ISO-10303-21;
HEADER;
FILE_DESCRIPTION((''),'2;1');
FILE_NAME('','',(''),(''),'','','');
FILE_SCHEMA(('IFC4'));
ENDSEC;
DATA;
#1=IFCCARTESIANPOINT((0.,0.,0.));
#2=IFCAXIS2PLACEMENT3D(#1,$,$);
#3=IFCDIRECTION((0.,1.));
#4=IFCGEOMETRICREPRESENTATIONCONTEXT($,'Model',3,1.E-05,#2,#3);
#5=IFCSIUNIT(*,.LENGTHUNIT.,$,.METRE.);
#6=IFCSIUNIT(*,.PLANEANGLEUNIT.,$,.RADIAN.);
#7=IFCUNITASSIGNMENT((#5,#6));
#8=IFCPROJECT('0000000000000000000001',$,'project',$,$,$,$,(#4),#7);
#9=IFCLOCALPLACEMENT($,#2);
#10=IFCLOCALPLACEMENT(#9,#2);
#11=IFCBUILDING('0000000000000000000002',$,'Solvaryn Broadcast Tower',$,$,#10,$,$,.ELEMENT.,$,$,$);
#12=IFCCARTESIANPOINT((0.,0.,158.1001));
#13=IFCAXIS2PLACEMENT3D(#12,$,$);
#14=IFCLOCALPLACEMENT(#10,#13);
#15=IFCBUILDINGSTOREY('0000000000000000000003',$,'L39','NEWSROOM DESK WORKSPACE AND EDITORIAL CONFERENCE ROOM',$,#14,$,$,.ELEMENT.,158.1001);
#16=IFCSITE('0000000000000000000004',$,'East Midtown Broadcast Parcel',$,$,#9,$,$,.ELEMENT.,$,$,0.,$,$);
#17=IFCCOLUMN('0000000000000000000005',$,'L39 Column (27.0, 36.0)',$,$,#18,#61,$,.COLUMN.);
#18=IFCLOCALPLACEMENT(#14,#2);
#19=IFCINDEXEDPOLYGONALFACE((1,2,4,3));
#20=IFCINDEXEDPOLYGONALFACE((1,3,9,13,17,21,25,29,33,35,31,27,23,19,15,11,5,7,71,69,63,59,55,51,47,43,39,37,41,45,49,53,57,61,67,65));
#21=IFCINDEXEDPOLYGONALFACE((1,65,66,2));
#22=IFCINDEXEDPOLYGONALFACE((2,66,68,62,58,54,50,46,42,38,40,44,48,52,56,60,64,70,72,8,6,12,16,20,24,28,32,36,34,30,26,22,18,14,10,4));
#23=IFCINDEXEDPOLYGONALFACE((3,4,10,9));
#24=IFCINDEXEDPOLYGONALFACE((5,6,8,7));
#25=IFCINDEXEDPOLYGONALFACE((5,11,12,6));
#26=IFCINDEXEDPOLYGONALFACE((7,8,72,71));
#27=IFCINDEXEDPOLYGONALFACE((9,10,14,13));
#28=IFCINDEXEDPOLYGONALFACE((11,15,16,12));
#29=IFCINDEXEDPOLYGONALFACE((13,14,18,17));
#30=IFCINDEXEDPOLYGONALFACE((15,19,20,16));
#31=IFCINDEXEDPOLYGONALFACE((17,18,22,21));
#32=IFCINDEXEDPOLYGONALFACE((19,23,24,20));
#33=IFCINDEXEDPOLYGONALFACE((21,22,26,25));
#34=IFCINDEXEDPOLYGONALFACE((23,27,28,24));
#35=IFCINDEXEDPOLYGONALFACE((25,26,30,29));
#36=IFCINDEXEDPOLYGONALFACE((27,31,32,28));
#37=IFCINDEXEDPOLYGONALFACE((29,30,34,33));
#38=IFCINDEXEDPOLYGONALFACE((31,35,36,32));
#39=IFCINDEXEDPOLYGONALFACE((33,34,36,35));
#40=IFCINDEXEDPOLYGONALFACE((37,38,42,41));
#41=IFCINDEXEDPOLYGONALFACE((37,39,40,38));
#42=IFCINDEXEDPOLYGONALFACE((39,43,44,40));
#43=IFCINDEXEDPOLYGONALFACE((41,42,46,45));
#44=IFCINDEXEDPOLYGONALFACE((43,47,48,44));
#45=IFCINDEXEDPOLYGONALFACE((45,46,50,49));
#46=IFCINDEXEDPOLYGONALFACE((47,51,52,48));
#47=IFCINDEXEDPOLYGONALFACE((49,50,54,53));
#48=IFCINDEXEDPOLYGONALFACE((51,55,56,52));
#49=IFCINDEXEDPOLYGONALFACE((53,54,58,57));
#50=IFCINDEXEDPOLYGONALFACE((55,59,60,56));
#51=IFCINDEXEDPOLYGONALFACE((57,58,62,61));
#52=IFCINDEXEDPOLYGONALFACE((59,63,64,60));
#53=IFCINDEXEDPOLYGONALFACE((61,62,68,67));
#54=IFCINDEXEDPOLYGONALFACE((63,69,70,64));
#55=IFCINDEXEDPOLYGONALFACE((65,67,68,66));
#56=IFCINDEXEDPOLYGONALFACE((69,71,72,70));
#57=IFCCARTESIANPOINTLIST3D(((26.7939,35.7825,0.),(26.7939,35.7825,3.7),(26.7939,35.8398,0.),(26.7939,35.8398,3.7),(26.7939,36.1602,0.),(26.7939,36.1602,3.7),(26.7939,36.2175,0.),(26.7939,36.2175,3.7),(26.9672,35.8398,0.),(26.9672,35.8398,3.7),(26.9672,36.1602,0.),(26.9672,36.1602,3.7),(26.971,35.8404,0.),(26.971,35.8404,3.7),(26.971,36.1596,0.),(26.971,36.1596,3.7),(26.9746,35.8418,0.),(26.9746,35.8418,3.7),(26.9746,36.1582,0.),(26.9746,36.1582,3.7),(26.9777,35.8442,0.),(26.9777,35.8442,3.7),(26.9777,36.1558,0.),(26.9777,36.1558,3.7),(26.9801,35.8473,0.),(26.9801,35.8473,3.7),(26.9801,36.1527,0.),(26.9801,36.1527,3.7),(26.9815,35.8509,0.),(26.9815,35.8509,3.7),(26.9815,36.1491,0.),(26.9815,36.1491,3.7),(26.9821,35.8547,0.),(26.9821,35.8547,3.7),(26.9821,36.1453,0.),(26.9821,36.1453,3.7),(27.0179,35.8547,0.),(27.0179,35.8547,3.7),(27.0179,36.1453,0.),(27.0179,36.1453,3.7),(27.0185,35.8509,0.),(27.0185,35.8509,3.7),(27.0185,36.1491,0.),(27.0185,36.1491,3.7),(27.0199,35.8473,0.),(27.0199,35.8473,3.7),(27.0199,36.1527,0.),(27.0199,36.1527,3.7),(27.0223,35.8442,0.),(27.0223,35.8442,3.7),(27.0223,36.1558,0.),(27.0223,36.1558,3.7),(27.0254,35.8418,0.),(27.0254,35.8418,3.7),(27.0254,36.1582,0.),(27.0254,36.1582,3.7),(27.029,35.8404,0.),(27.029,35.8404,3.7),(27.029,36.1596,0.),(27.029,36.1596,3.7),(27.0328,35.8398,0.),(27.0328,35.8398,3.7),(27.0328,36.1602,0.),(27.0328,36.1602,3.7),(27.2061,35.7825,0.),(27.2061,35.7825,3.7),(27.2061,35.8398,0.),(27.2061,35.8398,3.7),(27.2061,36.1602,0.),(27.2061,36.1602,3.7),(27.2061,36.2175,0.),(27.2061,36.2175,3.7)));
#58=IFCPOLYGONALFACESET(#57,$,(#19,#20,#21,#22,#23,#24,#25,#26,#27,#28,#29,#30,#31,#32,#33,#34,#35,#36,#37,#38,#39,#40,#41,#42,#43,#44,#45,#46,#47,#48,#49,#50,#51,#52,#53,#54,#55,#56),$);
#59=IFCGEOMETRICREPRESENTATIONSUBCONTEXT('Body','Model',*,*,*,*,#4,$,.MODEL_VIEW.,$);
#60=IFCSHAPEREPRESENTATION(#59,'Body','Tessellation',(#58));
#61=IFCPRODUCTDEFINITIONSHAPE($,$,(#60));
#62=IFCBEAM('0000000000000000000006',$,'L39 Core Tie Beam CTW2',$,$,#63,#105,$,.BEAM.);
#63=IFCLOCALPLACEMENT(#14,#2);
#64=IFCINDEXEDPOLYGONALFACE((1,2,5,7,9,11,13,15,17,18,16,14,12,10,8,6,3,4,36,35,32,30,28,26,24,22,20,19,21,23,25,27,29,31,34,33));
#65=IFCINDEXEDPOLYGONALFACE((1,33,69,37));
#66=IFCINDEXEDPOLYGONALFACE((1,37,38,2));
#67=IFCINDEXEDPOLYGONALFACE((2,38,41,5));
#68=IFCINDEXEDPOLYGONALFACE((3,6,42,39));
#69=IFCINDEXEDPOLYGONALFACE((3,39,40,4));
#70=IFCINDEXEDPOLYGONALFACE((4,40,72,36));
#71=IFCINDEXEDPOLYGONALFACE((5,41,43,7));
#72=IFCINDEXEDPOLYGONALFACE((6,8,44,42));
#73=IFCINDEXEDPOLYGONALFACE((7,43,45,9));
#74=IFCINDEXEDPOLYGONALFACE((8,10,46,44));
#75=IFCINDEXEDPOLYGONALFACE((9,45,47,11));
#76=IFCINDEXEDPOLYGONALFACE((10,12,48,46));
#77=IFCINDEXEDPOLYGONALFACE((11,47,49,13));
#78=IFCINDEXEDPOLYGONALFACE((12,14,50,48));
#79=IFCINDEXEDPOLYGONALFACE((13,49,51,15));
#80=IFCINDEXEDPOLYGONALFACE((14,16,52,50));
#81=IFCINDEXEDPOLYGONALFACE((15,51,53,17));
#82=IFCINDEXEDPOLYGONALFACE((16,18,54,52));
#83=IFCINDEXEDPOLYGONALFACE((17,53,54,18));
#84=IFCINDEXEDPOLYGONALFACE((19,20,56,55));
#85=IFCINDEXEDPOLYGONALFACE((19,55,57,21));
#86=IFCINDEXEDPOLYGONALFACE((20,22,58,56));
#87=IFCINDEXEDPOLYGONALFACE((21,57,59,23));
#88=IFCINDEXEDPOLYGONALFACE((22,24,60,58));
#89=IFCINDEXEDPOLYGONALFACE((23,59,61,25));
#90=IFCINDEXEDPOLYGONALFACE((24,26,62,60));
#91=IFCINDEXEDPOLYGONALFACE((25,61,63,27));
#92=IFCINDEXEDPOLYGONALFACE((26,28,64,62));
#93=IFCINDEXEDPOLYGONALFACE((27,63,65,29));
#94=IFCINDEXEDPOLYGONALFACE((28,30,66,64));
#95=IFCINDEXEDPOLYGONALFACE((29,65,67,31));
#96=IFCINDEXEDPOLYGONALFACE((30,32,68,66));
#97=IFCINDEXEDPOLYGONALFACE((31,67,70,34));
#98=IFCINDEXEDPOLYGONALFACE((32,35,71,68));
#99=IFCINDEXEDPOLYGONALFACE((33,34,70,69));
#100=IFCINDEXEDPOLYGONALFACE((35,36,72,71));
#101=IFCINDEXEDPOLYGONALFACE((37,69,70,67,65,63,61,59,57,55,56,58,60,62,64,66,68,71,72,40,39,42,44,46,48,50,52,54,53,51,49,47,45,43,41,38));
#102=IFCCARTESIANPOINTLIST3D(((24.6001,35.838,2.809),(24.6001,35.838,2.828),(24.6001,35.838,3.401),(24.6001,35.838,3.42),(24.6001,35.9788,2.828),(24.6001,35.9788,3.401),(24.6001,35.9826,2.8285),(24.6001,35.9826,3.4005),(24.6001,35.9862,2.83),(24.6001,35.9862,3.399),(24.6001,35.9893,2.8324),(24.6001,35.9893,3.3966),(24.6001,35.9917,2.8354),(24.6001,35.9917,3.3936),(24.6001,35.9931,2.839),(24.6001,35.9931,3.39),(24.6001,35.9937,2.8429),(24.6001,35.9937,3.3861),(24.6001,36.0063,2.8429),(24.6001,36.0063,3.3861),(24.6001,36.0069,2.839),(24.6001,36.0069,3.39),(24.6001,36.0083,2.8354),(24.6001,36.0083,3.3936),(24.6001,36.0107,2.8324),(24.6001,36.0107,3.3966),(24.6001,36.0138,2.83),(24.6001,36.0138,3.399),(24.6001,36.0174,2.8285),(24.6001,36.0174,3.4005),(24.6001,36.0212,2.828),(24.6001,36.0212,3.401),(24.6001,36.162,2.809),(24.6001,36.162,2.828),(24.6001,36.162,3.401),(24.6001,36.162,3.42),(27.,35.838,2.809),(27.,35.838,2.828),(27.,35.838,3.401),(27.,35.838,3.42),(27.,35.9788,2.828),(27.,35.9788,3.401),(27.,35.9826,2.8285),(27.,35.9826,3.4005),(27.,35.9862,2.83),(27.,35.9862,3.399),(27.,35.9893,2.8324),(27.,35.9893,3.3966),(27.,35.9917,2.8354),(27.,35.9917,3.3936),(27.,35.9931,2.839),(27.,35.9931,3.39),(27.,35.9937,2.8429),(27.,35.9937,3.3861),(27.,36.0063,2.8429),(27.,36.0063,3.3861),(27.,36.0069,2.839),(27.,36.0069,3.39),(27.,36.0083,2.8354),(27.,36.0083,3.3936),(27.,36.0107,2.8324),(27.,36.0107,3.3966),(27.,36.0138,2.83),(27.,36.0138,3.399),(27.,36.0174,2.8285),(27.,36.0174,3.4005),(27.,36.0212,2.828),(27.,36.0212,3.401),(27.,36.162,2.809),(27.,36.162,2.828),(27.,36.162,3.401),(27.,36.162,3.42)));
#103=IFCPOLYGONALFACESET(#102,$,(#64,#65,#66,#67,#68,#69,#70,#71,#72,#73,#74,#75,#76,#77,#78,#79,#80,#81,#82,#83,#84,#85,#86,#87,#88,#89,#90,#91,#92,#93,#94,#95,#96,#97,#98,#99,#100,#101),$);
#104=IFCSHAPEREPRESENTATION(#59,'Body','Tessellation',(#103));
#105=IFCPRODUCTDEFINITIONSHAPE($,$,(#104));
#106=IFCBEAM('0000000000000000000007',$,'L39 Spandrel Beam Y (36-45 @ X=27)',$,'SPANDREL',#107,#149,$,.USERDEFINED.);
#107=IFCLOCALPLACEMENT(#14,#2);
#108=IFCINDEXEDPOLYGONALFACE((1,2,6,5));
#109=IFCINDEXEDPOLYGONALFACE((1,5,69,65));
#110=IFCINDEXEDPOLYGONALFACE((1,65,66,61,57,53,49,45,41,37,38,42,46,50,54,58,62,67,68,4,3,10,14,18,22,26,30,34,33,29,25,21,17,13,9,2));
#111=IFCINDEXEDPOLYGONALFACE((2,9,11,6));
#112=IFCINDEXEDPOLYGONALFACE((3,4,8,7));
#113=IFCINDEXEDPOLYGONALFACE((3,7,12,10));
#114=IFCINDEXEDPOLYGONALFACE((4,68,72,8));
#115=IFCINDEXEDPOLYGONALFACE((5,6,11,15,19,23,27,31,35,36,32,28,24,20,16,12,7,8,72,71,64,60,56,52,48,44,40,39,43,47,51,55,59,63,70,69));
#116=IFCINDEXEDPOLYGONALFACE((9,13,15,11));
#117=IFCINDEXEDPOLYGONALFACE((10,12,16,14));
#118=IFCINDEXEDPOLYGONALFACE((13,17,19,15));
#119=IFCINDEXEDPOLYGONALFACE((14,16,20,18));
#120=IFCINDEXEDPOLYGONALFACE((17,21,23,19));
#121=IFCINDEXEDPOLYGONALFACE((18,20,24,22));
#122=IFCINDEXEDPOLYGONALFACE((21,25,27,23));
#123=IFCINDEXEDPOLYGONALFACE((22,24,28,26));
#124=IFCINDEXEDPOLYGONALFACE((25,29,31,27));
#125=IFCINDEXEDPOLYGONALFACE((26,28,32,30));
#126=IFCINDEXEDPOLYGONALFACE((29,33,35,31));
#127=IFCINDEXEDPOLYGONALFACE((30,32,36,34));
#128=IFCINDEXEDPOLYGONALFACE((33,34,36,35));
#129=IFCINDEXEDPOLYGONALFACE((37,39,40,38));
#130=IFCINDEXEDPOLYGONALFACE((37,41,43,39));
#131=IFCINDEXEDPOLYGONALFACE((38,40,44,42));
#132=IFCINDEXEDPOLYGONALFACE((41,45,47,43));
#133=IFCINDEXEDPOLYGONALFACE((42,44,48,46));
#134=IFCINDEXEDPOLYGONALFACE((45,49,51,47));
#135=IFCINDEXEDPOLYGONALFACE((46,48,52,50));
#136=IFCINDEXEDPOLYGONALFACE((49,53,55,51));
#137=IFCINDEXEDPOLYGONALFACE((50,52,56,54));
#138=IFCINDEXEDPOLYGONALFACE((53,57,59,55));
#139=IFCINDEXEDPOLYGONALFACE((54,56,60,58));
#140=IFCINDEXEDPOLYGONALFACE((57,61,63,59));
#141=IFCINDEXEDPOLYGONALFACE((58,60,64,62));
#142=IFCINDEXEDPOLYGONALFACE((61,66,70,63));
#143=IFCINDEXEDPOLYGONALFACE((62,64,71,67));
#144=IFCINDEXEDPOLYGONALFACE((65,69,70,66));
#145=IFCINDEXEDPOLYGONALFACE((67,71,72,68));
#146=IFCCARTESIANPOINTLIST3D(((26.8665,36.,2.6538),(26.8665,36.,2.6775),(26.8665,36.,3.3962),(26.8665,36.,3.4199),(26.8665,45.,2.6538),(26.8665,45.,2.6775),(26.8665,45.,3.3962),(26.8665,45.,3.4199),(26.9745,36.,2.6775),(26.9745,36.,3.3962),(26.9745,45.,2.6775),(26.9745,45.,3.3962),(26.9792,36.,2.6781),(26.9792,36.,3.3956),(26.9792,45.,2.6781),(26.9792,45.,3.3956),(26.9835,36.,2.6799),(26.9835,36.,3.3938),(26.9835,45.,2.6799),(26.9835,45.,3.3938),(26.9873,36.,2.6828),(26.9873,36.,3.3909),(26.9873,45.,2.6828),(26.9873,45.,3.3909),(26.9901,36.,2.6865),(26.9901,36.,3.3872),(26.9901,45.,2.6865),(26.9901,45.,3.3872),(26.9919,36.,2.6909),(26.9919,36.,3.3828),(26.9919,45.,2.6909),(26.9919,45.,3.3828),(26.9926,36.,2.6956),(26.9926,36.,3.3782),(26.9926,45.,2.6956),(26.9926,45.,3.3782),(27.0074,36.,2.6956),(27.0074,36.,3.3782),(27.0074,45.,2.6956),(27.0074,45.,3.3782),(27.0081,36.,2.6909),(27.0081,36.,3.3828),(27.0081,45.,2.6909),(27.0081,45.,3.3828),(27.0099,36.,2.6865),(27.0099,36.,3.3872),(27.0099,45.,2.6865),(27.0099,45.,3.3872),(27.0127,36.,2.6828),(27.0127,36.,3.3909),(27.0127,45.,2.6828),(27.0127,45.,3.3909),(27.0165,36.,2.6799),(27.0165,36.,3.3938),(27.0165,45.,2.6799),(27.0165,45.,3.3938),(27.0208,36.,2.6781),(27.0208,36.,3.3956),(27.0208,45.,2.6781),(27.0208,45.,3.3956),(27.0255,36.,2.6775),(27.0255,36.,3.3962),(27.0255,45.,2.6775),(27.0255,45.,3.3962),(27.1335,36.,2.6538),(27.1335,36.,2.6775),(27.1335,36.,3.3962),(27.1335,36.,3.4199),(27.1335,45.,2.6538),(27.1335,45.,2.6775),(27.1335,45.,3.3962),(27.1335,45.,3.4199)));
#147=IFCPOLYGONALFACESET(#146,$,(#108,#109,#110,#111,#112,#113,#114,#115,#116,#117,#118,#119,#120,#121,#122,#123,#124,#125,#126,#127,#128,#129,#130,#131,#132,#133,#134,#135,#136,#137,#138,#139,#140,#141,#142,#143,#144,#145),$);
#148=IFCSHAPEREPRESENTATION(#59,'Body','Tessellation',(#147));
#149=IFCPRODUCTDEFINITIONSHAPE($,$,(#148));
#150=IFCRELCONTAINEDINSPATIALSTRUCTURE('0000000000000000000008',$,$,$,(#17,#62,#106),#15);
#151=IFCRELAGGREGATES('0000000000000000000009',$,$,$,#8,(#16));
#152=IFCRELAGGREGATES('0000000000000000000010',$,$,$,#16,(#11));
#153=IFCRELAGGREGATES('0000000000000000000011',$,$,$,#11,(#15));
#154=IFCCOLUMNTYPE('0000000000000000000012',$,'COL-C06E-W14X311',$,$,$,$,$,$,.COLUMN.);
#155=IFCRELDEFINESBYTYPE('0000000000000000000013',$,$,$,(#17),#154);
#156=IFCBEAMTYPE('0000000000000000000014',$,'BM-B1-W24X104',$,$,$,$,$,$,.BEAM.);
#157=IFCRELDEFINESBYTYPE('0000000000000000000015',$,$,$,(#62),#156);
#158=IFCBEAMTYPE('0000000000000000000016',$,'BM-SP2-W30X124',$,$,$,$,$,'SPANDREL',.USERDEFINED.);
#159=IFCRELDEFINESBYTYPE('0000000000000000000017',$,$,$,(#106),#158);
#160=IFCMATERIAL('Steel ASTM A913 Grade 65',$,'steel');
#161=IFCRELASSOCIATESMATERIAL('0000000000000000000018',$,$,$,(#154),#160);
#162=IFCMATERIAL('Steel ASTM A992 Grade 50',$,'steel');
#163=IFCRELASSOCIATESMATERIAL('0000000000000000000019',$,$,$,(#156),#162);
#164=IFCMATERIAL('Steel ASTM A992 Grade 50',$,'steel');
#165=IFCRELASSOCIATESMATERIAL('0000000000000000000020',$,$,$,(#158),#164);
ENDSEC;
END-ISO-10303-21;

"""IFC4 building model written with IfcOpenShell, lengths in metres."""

from ifc_helpers import new_model, si_unit, direction, frame, origin, origin_2d, place, context, subcontext, project, spatial, i_section, extrude, material, material_profile, profile_set, type_object, element, save


model = new_model("IFC4")

# Units and contexts
model_context = context("Model", 3, precision=1e-05, world=origin(), true_north=direction((0.0, 1.0)))
body_context = subcontext(model_context, "Body", "Model", "MODEL_VIEW")
ifc_project = project(units=[si_unit("LENGTHUNIT", "METRE"), si_unit("PLANEANGLEUNIT", "RADIAN")], contexts=[model_context])

# Site, building, storey
site_placement = place(None, origin())
site = spatial("IfcSite", under=ifc_project, at=site_placement, Name="East Midtown Broadcast Parcel", CompositionType="ELEMENT", RefElevation=0.0)
building_placement = place(site_placement, origin())
building = spatial("IfcBuilding", under=site, at=building_placement, Name="Solvaryn Broadcast Tower", CompositionType="ELEMENT")
storey_placement = place(building_placement, frame((0.0, 0.0, 158.1001)))
storey = spatial("IfcBuildingStorey", under=building, at=storey_placement, Name="L39", Description="NEWSROOM DESK WORKSPACE AND EDITORIAL CONFERENCE ROOM", CompositionType="ELEMENT", Elevation=158.1001)

# Column
ifc_material_1 = material(Name="Steel ASTM A913 Grade 65", Category="steel")
ifc_material_profile_1 = material_profile(ifc_material_1, i_section(OverallWidth=0.4121, OverallDepth=0.4351, WebThickness=0.0359, FlangeThickness=0.0574, FilletRadius=0.0149, at=origin_2d()))
ifc_profile_set_1 = profile_set([ifc_material_profile_1], Name="Steel ASTM A913 Grade 65")
column_type = type_object("IfcColumnType", Name="COL-C06E-W14X311", PredefinedType="COLUMN", material=ifc_profile_set_1)
column_placement = place(storey_placement, frame((27.0, 36.0, 0.0), z_axis=(0.0, 0.0, 1.0), x_axis=(1.0, 0.0, 0.0)))
element("IfcColumn", 1, at=column_placement, inside=storey, type_object=column_type, Name="L39 Column (27.0, 36.0)", PredefinedType="COLUMN", context=body_context, shape_type="SweptSolid", body=[
    extrude(i_section(OverallWidth=0.4121, OverallDepth=0.4351, WebThickness=0.0359, FlangeThickness=0.0574, FilletRadius=0.0149, at=origin_2d()), origin(), (0.0, 0.0, 1.0), 3.7),
])

# Beams
ifc_material_2 = material(Name="Steel ASTM A992 Grade 50", Category="steel")
ifc_material_profile_2 = material_profile(ifc_material_2, i_section(OverallWidth=0.324, OverallDepth=0.6111, WebThickness=0.0127, FlangeThickness=0.019, FilletRadius=0.0149, at=origin_2d()))
ifc_profile_set_2 = profile_set([ifc_material_profile_2], Name="Steel ASTM A992 Grade 50")
beam_type_1 = type_object("IfcBeamType", Name="BM-B1-W24X104", PredefinedType="BEAM", material=ifc_profile_set_2)
beam_1_placement = place(storey_placement, frame((24.6001, 36.0, 3.1145), z_axis=(1.0, 0.0, 0.0), x_axis=(0.0, 1.0, 0.0)))
element("IfcBeam", 2, at=beam_1_placement, inside=storey, type_object=beam_type_1, Name="L39 Core Tie Beam CTW2", PredefinedType="BEAM", context=body_context, shape_type="SweptSolid", body=[
    extrude(i_section(OverallWidth=0.324, OverallDepth=0.6111, WebThickness=0.0127, FlangeThickness=0.019, FilletRadius=0.0149, at=origin_2d()), origin(), (0.0, 0.0, 1.0), 2.3999),
])
ifc_material_3 = material(Name="Steel ASTM A992 Grade 50", Category="steel")
ifc_material_profile_3 = material_profile(ifc_material_3, i_section(OverallWidth=0.2671, OverallDepth=0.7661, WebThickness=0.0149, FlangeThickness=0.0237, FilletRadius=0.0181, at=origin_2d()))
ifc_profile_set_3 = profile_set([ifc_material_profile_3], Name="Steel ASTM A992 Grade 50")
beam_type_2 = type_object("IfcBeamType", Name="BM-SP2-W30X124", ElementType="SPANDREL", PredefinedType="USERDEFINED", material=ifc_profile_set_3)
beam_2_placement = place(storey_placement, frame((27.0, 36.0, 3.0369), z_axis=(0.0, 1.0, 0.0), x_axis=(-1.0, 0.0, 0.0)))
element("IfcBeam", 3, at=beam_2_placement, inside=storey, type_object=beam_type_2, Name="L39 Spandrel Beam Y (36-45 @ X=27)", ObjectType="SPANDREL", PredefinedType="USERDEFINED", context=body_context, shape_type="SweptSolid", body=[
    extrude(i_section(OverallWidth=0.2671, OverallDepth=0.7661, WebThickness=0.0149, FlangeThickness=0.0237, FilletRadius=0.0181, at=origin_2d()), origin(), (0.0, 0.0, 1.0), 9.0),
])

save(model, "model.ifc")
